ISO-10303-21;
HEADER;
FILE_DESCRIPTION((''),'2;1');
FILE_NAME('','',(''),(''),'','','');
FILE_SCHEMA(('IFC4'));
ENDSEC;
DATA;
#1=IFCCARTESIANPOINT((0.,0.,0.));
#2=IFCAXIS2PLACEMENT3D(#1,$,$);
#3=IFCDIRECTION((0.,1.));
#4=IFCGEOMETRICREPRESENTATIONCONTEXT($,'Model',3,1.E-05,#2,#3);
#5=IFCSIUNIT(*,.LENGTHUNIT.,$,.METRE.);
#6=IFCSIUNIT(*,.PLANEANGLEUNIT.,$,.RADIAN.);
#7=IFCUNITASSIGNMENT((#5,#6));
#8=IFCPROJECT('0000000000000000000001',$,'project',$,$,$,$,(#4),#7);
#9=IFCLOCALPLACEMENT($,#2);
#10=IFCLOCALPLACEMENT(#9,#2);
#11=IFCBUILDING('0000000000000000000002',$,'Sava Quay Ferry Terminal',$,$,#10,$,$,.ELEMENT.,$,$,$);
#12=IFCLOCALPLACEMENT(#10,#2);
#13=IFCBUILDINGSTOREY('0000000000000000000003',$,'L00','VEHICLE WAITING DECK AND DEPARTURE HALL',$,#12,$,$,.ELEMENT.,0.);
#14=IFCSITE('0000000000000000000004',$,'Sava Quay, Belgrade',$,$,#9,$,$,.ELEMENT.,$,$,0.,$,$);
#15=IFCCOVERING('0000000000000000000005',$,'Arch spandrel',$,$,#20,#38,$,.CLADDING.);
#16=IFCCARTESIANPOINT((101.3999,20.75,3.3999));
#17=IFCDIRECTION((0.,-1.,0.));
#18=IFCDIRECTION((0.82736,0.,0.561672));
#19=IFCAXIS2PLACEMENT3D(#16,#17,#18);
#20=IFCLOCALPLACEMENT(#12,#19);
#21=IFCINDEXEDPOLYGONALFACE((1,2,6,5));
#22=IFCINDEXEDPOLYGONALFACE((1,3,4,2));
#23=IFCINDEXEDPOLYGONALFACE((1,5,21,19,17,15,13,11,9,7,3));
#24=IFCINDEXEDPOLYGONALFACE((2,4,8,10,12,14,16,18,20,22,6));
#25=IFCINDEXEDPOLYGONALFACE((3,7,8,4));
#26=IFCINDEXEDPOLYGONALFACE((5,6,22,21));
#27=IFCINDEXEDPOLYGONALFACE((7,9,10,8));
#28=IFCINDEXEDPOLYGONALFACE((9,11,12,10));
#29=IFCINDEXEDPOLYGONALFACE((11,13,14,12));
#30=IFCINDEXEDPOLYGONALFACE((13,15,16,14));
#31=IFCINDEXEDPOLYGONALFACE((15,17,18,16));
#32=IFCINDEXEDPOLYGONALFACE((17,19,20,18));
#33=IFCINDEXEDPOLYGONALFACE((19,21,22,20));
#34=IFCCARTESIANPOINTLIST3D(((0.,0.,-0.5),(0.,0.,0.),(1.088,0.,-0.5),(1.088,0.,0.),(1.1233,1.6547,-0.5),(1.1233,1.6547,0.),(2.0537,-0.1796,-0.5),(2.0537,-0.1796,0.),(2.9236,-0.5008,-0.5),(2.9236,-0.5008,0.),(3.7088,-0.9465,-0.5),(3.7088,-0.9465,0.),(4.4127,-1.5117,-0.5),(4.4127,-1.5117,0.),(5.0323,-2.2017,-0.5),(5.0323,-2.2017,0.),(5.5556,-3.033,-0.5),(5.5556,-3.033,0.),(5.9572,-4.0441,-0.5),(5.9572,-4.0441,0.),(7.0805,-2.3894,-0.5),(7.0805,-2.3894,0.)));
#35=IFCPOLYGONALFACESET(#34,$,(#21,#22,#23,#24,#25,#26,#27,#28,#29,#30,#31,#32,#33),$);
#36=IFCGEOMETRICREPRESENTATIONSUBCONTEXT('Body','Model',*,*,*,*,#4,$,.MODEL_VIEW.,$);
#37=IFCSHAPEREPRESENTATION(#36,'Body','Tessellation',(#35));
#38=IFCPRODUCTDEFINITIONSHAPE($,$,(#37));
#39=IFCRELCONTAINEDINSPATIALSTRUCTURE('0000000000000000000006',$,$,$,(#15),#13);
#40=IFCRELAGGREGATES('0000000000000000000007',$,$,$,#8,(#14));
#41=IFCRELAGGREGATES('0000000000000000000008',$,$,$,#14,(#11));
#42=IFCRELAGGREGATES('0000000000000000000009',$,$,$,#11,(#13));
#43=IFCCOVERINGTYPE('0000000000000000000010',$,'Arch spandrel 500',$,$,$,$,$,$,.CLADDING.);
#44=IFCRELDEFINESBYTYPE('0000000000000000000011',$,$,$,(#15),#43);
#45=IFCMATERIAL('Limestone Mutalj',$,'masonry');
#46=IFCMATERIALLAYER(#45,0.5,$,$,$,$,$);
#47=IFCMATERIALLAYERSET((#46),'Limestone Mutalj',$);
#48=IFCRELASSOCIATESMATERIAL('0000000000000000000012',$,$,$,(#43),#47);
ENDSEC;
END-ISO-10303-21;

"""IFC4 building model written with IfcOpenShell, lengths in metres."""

from ifc_helpers import new_model, si_unit, direction, frame, origin, place, context, subcontext, project, spatial, polyline, outline, extrude, material, layer, layer_set, type_object, element, save


model = new_model("IFC4")

# Units and contexts
model_context = context("Model", 3, precision=1e-05, world=origin(), true_north=direction((0.0, 1.0)))
body_context = subcontext(model_context, "Body", "Model", "MODEL_VIEW")
ifc_project = project(units=[si_unit("LENGTHUNIT", "METRE"), si_unit("PLANEANGLEUNIT", "RADIAN")], contexts=[model_context])

# Site, building, storey
site_placement = place(None, origin())
site = spatial("IfcSite", under=ifc_project, at=site_placement, Name="Sava Quay, Belgrade", CompositionType="ELEMENT", RefElevation=0.0)
building_placement = place(site_placement, origin())
building = spatial("IfcBuilding", under=site, at=building_placement, Name="Sava Quay Ferry Terminal", CompositionType="ELEMENT")
storey_placement = place(building_placement, origin())
storey = spatial("IfcBuildingStorey", under=building, at=storey_placement, Name="L00", Description="VEHICLE WAITING DECK AND DEPARTURE HALL", CompositionType="ELEMENT", Elevation=0.0)

# Covering
ifc_material_1 = material(Name="Limestone Mutalj", Category="masonry")
ifc_layer_1 = layer(ifc_material_1, 0.5)
ifc_layer_set_1 = layer_set([ifc_layer_1], Name="Limestone Mutalj")
covering_type_1 = type_object("IfcCoveringType", Name="Arch spandrel 500", PredefinedType="CLADDING", material=ifc_layer_set_1)
covering_1_placement = place(storey_placement, frame((101.3999, 20.75, 3.3999), z_axis=(0.0, -1.0, 0.0), x_axis=(0.82736, 0.0, 0.561672)))
element("IfcCovering", 1, at=covering_1_placement, inside=storey, type_object=covering_type_1, Name="Arch spandrel", PredefinedType="CLADDING", context=body_context, shape_type="SweptSolid", body=[
    extrude(outline(polyline([(0.0, 0.0), (1.088, 0.0), (2.0537, -0.1796), (2.9236, -0.5008), (3.7088, -0.9465), (4.4127, -1.5117), (5.0323, -2.2017), (5.5556, -3.033), (5.9572, -4.0441), (7.0805, -2.3894), (1.1233, 1.6547), (0.0, 0.0)])), origin(), (0.0, 0.0, -1.0), 0.5),
])

save(model, "model.ifc")
